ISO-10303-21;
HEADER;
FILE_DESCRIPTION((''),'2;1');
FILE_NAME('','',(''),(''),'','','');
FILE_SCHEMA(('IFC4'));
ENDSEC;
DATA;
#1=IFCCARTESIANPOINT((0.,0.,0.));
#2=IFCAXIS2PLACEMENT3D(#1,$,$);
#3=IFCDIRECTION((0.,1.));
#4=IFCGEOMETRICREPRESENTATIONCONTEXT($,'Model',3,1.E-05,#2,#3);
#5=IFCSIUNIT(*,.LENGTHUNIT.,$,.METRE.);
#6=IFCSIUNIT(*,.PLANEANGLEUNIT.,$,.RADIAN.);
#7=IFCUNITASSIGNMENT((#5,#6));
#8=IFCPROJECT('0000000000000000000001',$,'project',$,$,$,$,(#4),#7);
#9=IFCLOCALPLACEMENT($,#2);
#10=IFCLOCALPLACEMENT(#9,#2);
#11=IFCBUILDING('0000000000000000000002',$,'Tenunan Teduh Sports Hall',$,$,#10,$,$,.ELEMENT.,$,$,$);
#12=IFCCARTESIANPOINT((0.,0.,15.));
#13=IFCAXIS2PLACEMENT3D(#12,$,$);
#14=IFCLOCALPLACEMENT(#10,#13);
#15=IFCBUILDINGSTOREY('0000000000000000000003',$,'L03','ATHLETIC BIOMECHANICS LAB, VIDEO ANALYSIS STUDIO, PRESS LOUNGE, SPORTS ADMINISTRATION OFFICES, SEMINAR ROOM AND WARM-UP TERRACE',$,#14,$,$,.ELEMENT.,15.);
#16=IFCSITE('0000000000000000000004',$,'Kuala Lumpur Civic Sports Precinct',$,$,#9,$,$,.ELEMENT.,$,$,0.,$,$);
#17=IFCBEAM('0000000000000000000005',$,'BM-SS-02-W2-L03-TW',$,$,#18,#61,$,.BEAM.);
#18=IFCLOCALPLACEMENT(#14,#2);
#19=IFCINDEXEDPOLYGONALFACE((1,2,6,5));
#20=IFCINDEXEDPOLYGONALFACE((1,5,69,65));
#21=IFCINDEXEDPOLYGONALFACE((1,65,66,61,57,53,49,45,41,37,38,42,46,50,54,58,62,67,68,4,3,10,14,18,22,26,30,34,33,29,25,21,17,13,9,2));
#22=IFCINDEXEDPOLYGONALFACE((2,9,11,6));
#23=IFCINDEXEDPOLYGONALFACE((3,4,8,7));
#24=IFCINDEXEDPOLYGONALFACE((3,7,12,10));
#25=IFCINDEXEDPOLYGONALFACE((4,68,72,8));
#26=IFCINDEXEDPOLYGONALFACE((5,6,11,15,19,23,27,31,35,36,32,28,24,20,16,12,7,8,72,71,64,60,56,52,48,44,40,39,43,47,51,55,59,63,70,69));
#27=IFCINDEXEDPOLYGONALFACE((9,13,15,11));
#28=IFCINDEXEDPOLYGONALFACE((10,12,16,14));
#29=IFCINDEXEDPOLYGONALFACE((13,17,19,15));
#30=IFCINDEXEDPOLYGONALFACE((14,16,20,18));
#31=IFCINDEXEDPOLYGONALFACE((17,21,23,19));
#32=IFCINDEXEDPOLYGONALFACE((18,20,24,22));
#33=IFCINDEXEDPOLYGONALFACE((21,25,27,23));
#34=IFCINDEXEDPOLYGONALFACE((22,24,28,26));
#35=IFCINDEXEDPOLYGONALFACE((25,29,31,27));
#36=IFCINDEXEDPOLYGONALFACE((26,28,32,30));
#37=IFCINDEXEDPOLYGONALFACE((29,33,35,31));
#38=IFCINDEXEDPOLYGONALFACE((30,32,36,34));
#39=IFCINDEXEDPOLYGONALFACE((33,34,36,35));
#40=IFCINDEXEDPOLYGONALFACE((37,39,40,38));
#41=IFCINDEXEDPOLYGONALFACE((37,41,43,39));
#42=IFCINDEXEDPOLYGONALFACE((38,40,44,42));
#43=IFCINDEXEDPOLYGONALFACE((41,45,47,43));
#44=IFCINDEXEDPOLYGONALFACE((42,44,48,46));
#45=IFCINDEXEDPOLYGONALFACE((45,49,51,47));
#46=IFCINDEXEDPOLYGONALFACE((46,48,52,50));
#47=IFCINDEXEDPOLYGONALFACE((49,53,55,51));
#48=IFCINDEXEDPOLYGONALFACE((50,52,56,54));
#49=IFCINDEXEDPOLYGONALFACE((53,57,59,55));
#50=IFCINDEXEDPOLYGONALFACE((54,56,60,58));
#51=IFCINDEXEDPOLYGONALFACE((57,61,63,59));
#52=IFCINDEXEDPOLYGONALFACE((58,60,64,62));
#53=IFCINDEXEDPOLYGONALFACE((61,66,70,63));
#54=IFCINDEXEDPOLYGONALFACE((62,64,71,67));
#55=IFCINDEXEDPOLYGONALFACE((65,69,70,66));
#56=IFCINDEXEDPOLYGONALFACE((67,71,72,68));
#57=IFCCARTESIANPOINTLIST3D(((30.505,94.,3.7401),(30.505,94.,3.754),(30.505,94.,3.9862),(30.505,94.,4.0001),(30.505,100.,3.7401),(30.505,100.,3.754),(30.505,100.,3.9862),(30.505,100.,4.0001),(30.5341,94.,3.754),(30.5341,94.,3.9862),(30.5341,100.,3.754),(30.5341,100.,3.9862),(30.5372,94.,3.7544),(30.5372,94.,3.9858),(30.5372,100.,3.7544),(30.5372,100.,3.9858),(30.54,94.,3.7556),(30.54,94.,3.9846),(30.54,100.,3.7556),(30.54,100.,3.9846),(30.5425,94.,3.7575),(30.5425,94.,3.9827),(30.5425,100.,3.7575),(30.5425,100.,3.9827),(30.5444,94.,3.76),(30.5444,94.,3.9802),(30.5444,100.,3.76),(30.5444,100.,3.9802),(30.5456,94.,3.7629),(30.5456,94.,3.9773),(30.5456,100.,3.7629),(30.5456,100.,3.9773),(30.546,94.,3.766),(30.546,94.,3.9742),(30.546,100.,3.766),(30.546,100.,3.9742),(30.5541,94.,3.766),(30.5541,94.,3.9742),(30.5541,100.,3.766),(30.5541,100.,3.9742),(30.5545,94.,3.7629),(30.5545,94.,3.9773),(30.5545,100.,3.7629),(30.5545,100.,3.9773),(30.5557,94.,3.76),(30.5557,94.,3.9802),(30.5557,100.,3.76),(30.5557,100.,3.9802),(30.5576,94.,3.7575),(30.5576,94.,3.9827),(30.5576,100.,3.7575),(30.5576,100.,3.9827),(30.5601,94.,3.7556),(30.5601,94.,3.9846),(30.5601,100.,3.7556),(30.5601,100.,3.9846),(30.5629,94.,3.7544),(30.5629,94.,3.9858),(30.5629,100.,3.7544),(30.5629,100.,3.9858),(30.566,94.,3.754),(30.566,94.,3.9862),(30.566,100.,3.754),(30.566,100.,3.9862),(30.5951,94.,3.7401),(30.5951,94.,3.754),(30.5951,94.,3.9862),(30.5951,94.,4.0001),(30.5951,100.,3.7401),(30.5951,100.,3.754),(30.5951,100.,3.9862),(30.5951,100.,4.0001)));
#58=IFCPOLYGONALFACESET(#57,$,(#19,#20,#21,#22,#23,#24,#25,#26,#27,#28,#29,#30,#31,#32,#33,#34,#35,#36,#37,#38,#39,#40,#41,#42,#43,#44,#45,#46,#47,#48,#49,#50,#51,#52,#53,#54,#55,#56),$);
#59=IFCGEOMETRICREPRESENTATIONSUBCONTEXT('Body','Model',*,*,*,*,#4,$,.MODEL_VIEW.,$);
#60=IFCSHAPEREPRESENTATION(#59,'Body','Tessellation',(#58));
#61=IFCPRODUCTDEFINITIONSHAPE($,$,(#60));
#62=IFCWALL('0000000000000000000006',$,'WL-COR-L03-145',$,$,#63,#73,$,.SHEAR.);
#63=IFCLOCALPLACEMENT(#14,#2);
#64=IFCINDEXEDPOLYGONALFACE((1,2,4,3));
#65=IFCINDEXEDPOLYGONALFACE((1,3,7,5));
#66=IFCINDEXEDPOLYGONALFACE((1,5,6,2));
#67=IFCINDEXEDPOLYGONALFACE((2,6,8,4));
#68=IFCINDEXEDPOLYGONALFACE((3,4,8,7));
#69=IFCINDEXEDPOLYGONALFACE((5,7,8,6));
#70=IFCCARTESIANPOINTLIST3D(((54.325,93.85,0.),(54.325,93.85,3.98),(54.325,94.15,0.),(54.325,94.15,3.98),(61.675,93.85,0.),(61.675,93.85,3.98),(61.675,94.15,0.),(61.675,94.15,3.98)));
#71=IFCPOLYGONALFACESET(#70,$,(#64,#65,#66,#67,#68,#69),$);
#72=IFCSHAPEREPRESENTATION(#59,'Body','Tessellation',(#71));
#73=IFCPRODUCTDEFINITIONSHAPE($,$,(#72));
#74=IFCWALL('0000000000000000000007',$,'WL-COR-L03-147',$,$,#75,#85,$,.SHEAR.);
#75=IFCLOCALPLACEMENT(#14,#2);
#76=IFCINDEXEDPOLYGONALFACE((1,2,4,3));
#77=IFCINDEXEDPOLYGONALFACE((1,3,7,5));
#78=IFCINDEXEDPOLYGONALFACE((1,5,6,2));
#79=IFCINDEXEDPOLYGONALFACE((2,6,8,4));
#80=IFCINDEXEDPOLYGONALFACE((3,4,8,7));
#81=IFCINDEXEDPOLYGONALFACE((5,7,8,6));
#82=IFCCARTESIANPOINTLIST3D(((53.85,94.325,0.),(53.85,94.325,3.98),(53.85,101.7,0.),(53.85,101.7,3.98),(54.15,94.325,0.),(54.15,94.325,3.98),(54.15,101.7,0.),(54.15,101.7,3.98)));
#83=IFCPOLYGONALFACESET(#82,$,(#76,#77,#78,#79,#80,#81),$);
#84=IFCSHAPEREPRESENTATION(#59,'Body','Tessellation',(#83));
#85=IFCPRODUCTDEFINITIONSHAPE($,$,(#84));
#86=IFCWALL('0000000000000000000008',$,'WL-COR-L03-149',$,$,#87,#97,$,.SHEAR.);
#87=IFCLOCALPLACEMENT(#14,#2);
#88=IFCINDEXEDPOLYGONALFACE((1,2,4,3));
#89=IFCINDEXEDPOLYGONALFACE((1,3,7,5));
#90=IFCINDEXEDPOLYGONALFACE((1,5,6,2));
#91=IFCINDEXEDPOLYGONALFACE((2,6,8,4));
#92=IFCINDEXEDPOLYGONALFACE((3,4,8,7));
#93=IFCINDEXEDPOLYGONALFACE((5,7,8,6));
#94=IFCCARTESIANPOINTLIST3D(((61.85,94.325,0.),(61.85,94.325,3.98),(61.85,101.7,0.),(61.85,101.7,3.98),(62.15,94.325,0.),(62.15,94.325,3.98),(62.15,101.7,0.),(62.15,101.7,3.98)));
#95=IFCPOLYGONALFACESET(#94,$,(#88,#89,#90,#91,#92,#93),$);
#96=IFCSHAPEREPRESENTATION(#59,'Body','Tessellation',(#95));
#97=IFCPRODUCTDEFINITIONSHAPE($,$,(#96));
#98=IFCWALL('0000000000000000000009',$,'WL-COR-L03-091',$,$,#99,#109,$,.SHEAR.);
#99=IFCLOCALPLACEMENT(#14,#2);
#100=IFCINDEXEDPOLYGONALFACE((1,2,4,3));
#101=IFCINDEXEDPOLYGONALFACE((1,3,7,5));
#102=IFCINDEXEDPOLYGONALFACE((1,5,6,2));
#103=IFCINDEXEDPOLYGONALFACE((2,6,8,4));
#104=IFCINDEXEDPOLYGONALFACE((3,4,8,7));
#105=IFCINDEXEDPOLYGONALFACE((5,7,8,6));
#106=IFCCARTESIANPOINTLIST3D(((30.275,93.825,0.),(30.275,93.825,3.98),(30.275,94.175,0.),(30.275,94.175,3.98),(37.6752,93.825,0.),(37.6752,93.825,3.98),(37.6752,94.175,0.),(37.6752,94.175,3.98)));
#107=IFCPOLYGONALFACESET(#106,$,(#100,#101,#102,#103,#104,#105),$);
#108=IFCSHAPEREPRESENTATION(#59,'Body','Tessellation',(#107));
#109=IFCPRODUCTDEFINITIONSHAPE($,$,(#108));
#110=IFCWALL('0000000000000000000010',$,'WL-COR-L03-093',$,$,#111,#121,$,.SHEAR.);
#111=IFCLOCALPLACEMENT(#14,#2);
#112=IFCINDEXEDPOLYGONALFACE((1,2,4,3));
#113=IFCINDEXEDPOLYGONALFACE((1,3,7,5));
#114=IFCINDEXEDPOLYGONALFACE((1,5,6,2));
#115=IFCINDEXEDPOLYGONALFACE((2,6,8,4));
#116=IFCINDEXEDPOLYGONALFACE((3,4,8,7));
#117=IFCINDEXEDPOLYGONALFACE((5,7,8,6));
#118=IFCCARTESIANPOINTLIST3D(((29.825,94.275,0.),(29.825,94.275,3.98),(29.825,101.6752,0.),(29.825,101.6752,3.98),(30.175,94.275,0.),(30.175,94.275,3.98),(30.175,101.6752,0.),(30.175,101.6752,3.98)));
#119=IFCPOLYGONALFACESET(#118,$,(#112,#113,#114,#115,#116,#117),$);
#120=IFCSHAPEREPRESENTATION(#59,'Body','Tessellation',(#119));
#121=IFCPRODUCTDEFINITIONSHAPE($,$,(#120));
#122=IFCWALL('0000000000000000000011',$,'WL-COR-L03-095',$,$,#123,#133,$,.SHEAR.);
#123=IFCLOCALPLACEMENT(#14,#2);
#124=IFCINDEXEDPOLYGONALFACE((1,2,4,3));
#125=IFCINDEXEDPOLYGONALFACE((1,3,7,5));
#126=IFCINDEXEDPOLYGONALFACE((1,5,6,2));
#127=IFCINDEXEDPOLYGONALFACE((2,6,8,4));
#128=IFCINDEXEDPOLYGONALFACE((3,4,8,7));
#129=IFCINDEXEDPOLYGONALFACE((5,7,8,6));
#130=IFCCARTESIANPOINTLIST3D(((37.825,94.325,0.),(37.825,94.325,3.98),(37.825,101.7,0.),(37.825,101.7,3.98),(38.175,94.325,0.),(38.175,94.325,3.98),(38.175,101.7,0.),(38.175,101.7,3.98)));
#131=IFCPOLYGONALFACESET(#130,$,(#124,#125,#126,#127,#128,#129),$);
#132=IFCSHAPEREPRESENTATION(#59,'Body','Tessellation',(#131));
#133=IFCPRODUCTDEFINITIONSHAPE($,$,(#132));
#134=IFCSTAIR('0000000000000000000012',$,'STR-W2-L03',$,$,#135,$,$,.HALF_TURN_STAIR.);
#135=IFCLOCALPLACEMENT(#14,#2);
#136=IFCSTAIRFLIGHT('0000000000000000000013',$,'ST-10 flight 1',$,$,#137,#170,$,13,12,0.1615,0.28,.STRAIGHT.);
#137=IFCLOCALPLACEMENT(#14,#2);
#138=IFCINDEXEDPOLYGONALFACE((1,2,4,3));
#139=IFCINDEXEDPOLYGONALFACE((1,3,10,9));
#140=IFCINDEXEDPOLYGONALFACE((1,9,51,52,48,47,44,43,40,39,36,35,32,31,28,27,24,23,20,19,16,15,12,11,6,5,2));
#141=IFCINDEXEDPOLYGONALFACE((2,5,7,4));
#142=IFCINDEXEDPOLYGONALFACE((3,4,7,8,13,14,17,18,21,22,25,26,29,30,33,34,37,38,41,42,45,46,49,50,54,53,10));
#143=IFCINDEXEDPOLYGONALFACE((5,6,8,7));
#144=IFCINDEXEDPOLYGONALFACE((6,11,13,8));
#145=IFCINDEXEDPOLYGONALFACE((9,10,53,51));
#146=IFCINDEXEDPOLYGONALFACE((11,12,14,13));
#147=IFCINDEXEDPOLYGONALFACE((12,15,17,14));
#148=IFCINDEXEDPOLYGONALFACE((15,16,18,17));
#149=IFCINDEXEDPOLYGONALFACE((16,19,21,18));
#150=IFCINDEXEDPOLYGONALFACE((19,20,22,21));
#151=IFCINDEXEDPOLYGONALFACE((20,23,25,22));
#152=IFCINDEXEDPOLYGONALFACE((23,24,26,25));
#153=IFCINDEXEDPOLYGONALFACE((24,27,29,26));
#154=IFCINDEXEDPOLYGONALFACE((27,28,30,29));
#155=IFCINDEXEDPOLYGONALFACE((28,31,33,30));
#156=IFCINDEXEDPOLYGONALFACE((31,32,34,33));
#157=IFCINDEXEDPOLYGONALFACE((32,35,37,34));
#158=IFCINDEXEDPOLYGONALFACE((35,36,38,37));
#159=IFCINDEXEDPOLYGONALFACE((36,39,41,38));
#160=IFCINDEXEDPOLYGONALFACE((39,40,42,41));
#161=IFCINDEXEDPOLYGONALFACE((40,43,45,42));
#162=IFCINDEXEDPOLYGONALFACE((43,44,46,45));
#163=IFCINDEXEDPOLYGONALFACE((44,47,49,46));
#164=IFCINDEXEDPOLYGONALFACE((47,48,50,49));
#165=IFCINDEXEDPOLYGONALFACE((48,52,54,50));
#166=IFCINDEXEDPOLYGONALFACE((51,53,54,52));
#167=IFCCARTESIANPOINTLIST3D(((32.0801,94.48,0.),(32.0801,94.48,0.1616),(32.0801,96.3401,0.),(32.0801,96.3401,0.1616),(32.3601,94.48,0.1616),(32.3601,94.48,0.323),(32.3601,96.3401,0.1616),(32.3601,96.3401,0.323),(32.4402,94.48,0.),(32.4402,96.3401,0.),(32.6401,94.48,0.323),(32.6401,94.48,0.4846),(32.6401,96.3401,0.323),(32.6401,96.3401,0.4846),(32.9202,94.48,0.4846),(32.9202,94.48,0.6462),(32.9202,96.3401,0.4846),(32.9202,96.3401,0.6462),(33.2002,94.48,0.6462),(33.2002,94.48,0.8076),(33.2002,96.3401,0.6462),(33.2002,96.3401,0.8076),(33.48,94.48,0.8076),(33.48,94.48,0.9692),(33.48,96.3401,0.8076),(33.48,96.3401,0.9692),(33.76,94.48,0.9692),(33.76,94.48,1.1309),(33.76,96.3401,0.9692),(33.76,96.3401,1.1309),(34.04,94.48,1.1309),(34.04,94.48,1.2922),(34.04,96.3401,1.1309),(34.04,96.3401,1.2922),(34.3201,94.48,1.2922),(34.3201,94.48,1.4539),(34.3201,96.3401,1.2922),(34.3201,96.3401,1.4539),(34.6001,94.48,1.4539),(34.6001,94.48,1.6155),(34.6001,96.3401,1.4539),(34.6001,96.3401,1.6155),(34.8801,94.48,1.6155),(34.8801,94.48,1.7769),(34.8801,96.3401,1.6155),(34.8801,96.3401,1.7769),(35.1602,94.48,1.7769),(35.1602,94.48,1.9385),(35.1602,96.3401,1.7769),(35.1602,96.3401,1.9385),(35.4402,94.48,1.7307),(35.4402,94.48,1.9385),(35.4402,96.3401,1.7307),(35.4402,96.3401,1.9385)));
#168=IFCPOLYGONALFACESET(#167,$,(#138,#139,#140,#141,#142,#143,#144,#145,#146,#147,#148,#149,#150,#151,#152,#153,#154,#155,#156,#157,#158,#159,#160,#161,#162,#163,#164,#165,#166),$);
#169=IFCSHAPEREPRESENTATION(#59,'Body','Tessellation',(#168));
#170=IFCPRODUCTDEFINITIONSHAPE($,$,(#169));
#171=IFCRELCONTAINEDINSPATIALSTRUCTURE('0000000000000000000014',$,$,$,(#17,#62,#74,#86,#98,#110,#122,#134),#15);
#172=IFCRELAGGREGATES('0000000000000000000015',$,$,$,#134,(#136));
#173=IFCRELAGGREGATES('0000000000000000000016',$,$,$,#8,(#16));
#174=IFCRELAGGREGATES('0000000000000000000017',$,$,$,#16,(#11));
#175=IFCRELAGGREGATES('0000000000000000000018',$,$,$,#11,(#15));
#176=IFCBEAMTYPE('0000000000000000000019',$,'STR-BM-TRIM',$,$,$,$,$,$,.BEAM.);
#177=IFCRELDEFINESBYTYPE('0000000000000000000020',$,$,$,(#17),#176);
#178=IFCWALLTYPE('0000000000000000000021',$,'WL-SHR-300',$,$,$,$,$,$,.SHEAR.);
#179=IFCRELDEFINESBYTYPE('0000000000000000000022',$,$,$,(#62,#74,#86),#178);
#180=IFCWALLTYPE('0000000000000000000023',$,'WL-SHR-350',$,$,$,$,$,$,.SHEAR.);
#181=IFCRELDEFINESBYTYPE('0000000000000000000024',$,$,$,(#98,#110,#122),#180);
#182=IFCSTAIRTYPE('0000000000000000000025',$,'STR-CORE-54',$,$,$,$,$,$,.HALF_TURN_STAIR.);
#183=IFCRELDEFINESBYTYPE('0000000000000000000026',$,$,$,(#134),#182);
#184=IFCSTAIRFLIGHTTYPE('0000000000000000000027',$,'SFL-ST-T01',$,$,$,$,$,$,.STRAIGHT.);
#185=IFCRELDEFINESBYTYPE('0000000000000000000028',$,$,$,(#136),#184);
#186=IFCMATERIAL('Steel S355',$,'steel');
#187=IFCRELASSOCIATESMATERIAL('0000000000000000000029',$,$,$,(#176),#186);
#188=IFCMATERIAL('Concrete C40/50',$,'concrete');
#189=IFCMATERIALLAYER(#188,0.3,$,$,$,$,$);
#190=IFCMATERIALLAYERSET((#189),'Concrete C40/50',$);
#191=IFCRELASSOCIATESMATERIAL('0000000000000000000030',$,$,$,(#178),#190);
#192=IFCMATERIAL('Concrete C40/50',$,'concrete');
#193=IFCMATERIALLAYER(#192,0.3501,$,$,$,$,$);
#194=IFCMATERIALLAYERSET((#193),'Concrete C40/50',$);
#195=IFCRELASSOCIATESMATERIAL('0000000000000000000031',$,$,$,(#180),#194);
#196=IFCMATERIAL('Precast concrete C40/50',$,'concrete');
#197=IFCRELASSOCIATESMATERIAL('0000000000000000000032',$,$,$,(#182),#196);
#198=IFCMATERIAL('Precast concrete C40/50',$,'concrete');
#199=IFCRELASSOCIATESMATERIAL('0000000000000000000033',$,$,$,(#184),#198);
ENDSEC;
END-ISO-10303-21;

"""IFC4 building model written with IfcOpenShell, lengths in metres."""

from ifc_helpers import new_model, si_unit, direction, frame, frame_2d, origin, origin_2d, place, context, subcontext, project, spatial, polyline, rectangle, i_section, outline, extrude, material, layer, layer_set, material_profile, profile_set, type_object, element, aggregate, save


model = new_model("IFC4")

# Units and contexts
model_context = context("Model", 3, precision=1e-05, world=origin(), true_north=direction((0.0, 1.0)))
body_context = subcontext(model_context, "Body", "Model", "MODEL_VIEW")
ifc_project = project(units=[si_unit("LENGTHUNIT", "METRE"), si_unit("PLANEANGLEUNIT", "RADIAN")], contexts=[model_context])

# Site, building, storey
site_placement = place(None, origin())
site = spatial("IfcSite", under=ifc_project, at=site_placement, Name="Kuala Lumpur Civic Sports Precinct", CompositionType="ELEMENT", RefElevation=0.0)
building_placement = place(site_placement, origin())
building = spatial("IfcBuilding", under=site, at=building_placement, Name="Tenunan Teduh Sports Hall", CompositionType="ELEMENT")
storey_placement = place(building_placement, frame((0.0, 0.0, 15.0)))
storey = spatial("IfcBuildingStorey", under=building, at=storey_placement, Name="L03", Description="ATHLETIC BIOMECHANICS LAB, VIDEO ANALYSIS STUDIO, PRESS LOUNGE, SPORTS ADMINISTRATION OFFICES, SEMINAR ROOM AND WARM-UP TERRACE", CompositionType="ELEMENT", Elevation=15.0)

# Beam
ifc_material_1 = material(Name="Steel S355", Category="steel")
ifc_material_profile_1 = material_profile(ifc_material_1, i_section(OverallWidth=0.0901, OverallDepth=0.26, WebThickness=0.0081, FlangeThickness=0.0139, FilletRadius=0.012, at=origin_2d()), Name="PFC 260x90")
ifc_profile_set_1 = profile_set([ifc_material_profile_1], Name="Steel S355")
beam_type_1 = type_object("IfcBeamType", Name="STR-BM-TRIM", PredefinedType="BEAM", material=ifc_profile_set_1)
for number, where, z_axis, x_axis, name in (
    (1, (30.55, 94.0, 3.8701), (0.0, 1.0, 0.0), (-1.0, 0.0, 0.0), "BM-SS-02-W2-L03-TW"),
):
    element("IfcBeam", number, at=place(storey_placement, frame(where, z_axis=z_axis, x_axis=x_axis)), inside=storey, type_object=beam_type_1, Name=name, PredefinedType="BEAM", context=body_context, shape_type="SweptSolid", body=[
        extrude(i_section(OverallWidth=0.0901, OverallDepth=0.26, WebThickness=0.0081, FlangeThickness=0.0139, FilletRadius=0.012, at=origin_2d()), origin(), (0.0, 0.0, 1.0), 6.0),
    ])

# Walls
ifc_material_2 = material(Name="Concrete C40/50", Category="concrete")
ifc_layer_1 = layer(ifc_material_2, 0.3)
ifc_layer_set_1 = layer_set([ifc_layer_1], Name="Concrete C40/50")
wall_type_1 = type_object("IfcWallType", Name="WL-SHR-300", PredefinedType="SHEAR", material=ifc_layer_set_1)
wall_1_placement = place(storey_placement, frame((54.325, 94.0, 0.0), z_axis=(0.0, 0.0, 1.0), x_axis=(1.0, 0.0, 0.0)))
element("IfcWall", 2, at=wall_1_placement, inside=storey, type_object=wall_type_1, Name="WL-COR-L03-145", PredefinedType="SHEAR", context=body_context, shape_type="SweptSolid", body=[
    extrude(rectangle(XDim=7.3501, YDim=0.3, at=frame_2d((3.675, 0.0))), origin(), (0.0, 0.0, 1.0), 3.98),
])
for number, where, z_axis, x_axis, name in (
    (3, (54.0, 94.325, 0.0), (0.0, 0.0, 1.0), (0.0, 1.0, 0.0), "WL-COR-L03-147"),
    (4, (62.0, 94.325, 0.0), (0.0, 0.0, 1.0), (0.0, 1.0, 0.0), "WL-COR-L03-149"),
):
    element("IfcWall", number, at=place(storey_placement, frame(where, z_axis=z_axis, x_axis=x_axis)), inside=storey, type_object=wall_type_1, Name=name, PredefinedType="SHEAR", context=body_context, shape_type="SweptSolid", body=[
        extrude(rectangle(XDim=7.375, YDim=0.3, at=frame_2d((3.6875, 0.0))), origin(), (0.0, 0.0, 1.0), 3.98),
    ])
ifc_material_3 = material(Name="Concrete C40/50", Category="concrete")
ifc_layer_2 = layer(ifc_material_3, 0.3501)
ifc_layer_set_2 = layer_set([ifc_layer_2], Name="Concrete C40/50")
wall_type_2 = type_object("IfcWallType", Name="WL-SHR-350", PredefinedType="SHEAR", material=ifc_layer_set_2)
for number, where, z_axis, x_axis, name in (
    (5, (30.2749, 94.0, 0.0), (0.0, 0.0, 1.0), (1.0, 0.0, 0.0), "WL-COR-L03-091"),
    (6, (30.0, 94.2749, 0.0), (0.0, 0.0, 1.0), (0.0, 1.0, 0.0), "WL-COR-L03-093"),
):
    element("IfcWall", number, at=place(storey_placement, frame(where, z_axis=z_axis, x_axis=x_axis)), inside=storey, type_object=wall_type_2, Name=name, PredefinedType="SHEAR", context=body_context, shape_type="SweptSolid", body=[
        extrude(rectangle(XDim=7.4001, YDim=0.3501, at=frame_2d((3.7002, 0.0))), origin(), (0.0, 0.0, 1.0), 3.98),
    ])
wall_2_placement = place(storey_placement, frame((38.0, 94.325, 0.0), z_axis=(0.0, 0.0, 1.0), x_axis=(0.0, 1.0, 0.0)))
element("IfcWall", 7, at=wall_2_placement, inside=storey, type_object=wall_type_2, Name="WL-COR-L03-095", PredefinedType="SHEAR", context=body_context, shape_type="SweptSolid", body=[
    extrude(rectangle(XDim=7.375, YDim=0.3501, at=frame_2d((3.6875, 0.0))), origin(), (0.0, 0.0, 1.0), 3.98),
])

# Stair, stair flight
ifc_material_4 = material(Name="Precast concrete C40/50", Category="concrete")
stair_type = type_object("IfcStairType", Name="STR-CORE-54", PredefinedType="HALF_TURN_STAIR", material=ifc_material_4)
stair_placement = place(storey_placement, origin())
stair = element("IfcStair", 8, at=stair_placement, inside=storey, type_object=stair_type, Name="STR-W2-L03", PredefinedType="HALF_TURN_STAIR")
ifc_material_5 = material(Name="Precast concrete C40/50", Category="concrete")
stair_flight_type = type_object("IfcStairFlightType", Name="SFL-ST-T01", PredefinedType="STRAIGHT", material=ifc_material_5)
stair_flight_1_placement = place(storey_placement, frame((32.0801, 95.4099, 0.0), z_axis=(0.0, 0.0, 1.0), x_axis=(1.0, 0.0, 0.0)))
stair_flight_1 = element("IfcStairFlight", 9, at=stair_flight_1_placement, type_object=stair_flight_type, Name="ST-10 flight 1", NumberOfRisers=13, NumberOfTreads=12, PredefinedType="STRAIGHT", RiserHeight=0.1615, TreadLength=0.28, context=body_context, shape_type="SweptSolid", body=[
    extrude(outline(polyline([(0.0, 0.0), (0.0, 0.1616), (0.28, 0.1616), (0.28, 0.323), (0.5601, 0.323), (0.5601, 0.4846), (0.8401, 0.4846), (0.8401, 0.6462), (1.1201, 0.6462), (1.1201, 0.8076), (1.3999, 0.8076), (1.3999, 0.9692), (1.6799, 0.9692), (1.6799, 1.1309), (1.96, 1.1309), (1.96, 1.2922), (2.24, 1.2922), (2.24, 1.4539), (2.52, 1.4539), (2.52, 1.6155), (2.8, 1.6155), (2.8, 1.7769), (3.0801, 1.7769), (3.0801, 1.9385), (3.3601, 1.9385), (3.3601, 2.1001), (3.3601, 1.7307), (0.3601, 0.0), (0.0, 0.0)])), frame((0.0, 0.9302, 0.0), z_axis=(0.0, -1.0, 0.0), x_axis=(1.0, 0.0, 0.0)), (0.0, 0.0, 1.0), 1.8601),
])

aggregate(stair, [stair_flight_1])

save(model, "model.ifc")
